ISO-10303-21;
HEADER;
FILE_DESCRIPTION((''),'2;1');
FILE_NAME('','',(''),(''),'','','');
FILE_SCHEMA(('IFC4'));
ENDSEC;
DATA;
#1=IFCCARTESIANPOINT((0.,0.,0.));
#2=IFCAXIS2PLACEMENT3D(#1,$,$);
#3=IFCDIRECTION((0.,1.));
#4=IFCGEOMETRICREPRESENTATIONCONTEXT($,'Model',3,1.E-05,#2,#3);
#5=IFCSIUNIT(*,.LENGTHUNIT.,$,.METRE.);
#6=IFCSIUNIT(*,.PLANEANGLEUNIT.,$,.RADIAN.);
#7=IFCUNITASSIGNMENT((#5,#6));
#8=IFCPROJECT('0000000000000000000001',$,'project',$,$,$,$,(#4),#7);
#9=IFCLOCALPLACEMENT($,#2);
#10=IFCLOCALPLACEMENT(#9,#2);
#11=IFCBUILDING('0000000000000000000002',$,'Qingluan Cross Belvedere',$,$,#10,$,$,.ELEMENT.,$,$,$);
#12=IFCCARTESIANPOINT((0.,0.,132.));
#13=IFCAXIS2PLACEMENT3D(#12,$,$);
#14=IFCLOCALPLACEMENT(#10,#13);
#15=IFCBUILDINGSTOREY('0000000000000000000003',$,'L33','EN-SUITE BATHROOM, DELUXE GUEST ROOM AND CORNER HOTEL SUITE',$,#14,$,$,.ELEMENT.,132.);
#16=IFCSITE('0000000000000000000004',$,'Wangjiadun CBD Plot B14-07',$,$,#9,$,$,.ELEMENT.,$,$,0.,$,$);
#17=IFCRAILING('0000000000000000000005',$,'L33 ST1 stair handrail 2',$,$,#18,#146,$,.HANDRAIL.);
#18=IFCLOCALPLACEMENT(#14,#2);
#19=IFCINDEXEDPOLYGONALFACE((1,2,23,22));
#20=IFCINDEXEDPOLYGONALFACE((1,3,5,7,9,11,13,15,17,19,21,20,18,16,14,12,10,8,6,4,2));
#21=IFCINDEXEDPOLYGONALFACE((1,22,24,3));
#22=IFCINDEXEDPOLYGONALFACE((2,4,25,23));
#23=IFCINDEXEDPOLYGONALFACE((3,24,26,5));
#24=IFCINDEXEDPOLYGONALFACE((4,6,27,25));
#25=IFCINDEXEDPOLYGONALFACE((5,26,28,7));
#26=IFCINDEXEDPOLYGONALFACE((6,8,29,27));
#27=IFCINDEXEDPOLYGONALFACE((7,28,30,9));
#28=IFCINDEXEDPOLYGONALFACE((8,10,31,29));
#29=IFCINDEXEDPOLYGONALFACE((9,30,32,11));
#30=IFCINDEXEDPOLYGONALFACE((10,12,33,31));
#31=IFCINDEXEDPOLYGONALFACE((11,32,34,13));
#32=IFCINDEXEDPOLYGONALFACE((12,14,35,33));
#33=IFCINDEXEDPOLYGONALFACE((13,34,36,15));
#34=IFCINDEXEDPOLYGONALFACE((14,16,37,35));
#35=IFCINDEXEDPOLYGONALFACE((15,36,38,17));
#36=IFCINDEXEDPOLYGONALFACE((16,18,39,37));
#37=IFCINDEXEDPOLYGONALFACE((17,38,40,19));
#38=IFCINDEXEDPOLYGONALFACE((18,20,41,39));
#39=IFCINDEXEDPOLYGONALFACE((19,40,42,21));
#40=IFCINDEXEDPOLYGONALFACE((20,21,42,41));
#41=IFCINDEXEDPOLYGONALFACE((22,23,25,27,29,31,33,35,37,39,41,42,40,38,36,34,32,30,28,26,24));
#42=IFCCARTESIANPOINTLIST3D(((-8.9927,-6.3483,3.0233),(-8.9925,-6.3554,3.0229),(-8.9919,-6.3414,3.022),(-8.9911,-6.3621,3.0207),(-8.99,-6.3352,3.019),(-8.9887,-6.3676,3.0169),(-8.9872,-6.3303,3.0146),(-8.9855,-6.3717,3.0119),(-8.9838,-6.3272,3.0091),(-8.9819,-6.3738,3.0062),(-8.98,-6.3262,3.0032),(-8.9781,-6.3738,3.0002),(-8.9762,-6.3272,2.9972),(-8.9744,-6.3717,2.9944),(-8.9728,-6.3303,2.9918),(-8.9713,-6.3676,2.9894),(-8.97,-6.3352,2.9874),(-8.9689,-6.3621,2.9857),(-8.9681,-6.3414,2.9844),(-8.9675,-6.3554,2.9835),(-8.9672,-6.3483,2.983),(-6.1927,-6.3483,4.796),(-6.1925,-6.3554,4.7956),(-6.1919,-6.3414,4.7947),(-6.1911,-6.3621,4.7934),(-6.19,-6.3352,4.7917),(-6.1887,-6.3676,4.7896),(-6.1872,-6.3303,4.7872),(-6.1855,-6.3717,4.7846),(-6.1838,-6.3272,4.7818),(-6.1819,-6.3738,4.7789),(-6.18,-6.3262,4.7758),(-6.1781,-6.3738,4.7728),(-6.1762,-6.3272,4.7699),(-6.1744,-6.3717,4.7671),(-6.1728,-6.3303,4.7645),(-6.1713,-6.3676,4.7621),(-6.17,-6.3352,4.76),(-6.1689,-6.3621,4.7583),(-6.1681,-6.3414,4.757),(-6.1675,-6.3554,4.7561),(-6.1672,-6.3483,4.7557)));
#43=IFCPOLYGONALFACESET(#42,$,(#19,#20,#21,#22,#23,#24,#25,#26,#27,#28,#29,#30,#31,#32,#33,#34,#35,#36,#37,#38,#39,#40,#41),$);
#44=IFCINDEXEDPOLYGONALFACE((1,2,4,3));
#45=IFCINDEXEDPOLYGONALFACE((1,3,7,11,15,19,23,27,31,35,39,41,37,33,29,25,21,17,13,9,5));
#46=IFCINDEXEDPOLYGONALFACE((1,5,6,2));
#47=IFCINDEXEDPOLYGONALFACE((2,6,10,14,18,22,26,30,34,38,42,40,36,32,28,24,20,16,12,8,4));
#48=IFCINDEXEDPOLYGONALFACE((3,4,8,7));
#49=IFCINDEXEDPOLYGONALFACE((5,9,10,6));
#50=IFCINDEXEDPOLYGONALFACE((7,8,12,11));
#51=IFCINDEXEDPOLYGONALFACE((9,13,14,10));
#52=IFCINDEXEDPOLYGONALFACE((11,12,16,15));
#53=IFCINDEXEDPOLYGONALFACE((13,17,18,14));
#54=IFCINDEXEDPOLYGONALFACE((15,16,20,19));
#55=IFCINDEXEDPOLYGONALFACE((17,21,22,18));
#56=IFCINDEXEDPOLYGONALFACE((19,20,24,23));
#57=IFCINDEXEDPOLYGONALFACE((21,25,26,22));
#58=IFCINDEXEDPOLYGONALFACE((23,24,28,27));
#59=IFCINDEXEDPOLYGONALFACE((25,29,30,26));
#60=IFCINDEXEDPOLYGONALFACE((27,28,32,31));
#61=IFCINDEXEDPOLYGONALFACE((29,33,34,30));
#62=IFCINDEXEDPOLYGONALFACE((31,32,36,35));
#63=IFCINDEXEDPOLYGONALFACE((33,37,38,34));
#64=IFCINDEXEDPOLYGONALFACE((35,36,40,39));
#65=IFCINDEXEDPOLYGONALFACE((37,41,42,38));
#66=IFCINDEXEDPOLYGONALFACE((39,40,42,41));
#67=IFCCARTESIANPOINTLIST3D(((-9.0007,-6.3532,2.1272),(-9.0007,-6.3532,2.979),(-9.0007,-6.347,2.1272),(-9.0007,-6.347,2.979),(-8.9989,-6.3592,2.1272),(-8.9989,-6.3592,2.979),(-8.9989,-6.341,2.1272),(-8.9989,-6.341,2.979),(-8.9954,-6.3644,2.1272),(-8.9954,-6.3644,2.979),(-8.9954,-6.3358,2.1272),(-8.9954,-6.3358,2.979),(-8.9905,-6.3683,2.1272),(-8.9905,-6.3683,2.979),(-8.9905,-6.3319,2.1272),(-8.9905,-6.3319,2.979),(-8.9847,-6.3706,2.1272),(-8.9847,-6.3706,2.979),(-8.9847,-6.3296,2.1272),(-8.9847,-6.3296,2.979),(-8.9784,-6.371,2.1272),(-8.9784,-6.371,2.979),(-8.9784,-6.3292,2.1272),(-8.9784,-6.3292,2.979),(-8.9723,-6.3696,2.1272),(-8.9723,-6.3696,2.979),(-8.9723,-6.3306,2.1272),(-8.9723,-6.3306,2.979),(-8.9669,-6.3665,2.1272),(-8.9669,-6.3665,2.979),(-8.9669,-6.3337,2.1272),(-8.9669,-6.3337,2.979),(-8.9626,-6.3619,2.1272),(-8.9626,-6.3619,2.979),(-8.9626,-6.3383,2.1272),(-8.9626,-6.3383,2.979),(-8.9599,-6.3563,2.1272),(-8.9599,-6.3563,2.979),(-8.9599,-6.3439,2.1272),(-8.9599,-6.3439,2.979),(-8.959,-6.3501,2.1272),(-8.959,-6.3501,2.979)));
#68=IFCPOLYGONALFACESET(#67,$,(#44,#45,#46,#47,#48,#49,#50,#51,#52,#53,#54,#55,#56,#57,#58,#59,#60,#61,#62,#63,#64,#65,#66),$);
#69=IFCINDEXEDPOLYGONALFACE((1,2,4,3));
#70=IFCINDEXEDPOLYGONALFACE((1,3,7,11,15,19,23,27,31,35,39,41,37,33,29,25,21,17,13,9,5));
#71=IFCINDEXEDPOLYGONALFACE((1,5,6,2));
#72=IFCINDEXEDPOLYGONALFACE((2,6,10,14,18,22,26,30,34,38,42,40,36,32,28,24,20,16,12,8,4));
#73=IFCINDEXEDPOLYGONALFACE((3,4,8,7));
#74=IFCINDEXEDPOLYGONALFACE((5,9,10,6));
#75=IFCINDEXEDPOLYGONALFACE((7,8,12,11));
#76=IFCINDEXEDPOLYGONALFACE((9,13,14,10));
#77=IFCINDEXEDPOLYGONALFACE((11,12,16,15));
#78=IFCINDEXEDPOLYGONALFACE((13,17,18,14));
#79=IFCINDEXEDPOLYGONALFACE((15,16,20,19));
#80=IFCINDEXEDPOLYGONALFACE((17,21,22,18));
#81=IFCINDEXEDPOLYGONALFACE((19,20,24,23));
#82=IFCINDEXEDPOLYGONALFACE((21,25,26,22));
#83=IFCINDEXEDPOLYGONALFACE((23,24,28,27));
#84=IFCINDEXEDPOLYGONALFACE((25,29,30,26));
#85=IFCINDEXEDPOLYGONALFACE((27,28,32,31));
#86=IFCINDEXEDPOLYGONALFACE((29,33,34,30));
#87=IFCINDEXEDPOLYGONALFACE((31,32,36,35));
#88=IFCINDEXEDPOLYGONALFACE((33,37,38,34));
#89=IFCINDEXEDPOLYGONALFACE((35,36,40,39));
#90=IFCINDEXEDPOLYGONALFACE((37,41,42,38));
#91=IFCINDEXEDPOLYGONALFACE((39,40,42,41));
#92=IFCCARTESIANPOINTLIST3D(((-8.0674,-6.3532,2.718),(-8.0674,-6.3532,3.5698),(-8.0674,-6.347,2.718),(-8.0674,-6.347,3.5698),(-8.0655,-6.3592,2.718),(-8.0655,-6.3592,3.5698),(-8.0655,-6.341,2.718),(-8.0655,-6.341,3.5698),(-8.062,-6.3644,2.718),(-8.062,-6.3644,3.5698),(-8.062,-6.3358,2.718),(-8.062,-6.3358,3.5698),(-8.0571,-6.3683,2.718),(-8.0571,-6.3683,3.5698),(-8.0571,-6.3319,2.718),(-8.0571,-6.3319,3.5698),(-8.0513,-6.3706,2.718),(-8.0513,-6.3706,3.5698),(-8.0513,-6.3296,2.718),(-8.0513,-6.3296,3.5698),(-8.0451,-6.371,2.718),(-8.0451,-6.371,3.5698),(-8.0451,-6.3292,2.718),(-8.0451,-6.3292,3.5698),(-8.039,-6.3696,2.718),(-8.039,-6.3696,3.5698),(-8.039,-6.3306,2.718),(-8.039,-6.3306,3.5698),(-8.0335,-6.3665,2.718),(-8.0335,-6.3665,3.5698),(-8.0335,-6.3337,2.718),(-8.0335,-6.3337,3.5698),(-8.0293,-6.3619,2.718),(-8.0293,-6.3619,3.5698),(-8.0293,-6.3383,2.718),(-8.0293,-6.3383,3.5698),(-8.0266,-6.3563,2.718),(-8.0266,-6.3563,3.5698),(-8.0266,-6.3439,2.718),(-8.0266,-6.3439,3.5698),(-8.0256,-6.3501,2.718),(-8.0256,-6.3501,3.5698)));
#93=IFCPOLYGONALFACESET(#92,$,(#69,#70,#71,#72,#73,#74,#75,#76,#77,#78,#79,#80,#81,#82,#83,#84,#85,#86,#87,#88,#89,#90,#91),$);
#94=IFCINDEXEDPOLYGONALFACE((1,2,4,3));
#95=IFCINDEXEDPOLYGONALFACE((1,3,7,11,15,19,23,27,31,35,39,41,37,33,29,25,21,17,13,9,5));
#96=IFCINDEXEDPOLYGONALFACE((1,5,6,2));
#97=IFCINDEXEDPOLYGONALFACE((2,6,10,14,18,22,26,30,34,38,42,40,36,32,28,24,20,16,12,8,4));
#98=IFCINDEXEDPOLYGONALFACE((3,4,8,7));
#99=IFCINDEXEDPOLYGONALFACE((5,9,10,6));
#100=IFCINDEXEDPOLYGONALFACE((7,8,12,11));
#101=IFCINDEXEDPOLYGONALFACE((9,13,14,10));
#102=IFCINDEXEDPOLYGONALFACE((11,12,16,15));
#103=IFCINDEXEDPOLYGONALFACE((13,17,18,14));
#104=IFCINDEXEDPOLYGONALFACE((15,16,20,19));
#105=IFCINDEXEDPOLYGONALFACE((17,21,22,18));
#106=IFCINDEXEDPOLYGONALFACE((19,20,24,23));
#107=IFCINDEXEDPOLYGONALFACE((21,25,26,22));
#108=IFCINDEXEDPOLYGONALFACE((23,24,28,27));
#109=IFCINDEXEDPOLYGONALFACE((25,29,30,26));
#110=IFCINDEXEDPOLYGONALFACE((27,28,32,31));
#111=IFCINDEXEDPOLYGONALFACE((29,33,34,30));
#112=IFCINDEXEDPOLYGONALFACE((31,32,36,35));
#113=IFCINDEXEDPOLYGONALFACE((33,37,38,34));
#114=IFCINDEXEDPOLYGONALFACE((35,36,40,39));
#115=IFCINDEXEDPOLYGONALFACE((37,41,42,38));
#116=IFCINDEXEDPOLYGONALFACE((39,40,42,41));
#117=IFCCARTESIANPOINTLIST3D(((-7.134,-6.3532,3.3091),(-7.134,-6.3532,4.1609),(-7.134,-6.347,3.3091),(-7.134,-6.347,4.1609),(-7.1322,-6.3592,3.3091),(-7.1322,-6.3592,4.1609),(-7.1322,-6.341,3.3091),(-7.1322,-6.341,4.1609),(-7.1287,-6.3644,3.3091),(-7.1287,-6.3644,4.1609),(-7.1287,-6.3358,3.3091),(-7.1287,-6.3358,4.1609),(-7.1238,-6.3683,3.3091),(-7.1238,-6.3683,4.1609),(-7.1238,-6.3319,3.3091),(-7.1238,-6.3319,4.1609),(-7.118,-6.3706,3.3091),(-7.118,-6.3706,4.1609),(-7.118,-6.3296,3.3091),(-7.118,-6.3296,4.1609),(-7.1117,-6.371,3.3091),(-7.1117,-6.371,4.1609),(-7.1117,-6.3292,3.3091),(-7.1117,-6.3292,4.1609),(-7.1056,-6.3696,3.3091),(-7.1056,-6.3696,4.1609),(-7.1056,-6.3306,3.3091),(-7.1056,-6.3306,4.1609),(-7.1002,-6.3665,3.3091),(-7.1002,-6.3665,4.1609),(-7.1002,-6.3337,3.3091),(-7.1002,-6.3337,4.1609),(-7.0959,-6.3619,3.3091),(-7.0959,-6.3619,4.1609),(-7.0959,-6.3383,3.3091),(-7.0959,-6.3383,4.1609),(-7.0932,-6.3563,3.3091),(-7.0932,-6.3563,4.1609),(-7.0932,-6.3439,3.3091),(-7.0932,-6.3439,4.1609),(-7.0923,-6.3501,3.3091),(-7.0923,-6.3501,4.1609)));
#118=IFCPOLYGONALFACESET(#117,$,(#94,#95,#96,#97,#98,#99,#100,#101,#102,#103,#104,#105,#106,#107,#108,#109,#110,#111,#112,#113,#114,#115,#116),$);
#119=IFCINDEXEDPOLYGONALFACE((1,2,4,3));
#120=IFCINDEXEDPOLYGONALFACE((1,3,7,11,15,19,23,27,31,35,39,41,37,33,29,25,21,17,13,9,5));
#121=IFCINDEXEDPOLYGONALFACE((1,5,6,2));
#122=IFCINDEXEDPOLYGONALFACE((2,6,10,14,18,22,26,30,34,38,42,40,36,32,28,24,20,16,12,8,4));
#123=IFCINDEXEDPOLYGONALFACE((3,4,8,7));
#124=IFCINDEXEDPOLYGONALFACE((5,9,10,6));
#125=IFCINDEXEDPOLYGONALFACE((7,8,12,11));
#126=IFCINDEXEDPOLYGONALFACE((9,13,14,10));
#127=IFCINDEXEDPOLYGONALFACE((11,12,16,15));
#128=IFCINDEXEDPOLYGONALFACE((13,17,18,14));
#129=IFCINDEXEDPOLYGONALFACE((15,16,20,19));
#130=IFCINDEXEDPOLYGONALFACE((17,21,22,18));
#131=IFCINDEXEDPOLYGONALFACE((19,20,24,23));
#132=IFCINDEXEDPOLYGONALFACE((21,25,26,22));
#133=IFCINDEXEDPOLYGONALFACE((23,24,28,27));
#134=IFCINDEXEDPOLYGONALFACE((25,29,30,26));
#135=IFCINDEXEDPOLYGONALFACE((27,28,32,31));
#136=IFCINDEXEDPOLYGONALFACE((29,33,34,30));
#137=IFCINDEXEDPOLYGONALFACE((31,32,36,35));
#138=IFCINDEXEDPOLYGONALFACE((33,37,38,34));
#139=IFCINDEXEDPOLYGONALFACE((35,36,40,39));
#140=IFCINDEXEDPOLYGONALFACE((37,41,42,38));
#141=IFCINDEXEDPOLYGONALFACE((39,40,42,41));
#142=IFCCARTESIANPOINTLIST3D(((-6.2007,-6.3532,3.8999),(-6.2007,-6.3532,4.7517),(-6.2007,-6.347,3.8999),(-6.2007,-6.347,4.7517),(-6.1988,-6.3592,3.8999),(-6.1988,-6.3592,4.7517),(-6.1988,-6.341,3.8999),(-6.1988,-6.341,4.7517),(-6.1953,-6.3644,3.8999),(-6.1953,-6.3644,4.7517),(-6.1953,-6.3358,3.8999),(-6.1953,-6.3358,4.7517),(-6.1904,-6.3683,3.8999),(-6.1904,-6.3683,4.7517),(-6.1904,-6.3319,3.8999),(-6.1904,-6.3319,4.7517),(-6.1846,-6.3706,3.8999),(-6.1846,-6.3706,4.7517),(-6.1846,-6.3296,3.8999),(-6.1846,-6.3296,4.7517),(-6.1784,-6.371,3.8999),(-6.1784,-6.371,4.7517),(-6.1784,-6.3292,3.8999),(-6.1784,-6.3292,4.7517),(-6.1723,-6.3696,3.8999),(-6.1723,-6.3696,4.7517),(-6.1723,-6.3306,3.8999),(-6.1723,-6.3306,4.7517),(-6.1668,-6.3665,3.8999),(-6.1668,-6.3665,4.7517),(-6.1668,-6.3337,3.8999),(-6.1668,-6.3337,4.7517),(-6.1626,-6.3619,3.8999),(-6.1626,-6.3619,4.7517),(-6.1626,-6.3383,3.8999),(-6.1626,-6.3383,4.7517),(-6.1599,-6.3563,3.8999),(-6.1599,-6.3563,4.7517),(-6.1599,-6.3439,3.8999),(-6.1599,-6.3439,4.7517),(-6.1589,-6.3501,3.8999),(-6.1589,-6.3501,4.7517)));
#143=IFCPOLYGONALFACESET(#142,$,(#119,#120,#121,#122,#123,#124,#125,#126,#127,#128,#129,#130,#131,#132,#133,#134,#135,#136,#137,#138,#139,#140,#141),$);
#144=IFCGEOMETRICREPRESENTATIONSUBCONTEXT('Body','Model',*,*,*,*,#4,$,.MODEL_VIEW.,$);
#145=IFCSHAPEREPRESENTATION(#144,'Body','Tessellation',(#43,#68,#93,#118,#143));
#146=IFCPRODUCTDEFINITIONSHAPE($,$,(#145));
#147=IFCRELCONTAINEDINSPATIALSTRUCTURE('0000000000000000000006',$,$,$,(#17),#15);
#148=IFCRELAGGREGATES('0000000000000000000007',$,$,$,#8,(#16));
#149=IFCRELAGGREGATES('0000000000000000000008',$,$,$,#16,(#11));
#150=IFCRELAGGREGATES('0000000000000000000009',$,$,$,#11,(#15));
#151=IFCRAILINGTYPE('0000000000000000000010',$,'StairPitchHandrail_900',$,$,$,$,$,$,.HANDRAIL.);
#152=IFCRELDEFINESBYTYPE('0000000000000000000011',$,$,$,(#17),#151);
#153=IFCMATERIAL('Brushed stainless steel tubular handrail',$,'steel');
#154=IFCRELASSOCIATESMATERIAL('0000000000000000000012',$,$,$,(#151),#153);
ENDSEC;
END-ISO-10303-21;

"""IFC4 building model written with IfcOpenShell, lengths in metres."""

from ifc_helpers import new_model, si_unit, direction, frame, origin, origin_2d, place, context, subcontext, project, spatial, circle, extrude, material, type_object, element, save


model = new_model("IFC4")

# Units and contexts
model_context = context("Model", 3, precision=1e-05, world=origin(), true_north=direction((0.0, 1.0)))
body_context = subcontext(model_context, "Body", "Model", "MODEL_VIEW")
ifc_project = project(units=[si_unit("LENGTHUNIT", "METRE"), si_unit("PLANEANGLEUNIT", "RADIAN")], contexts=[model_context])

# Site, building, storey
site_placement = place(None, origin())
site = spatial("IfcSite", under=ifc_project, at=site_placement, Name="Wangjiadun CBD Plot B14-07", CompositionType="ELEMENT", RefElevation=0.0)
building_placement = place(site_placement, origin())
building = spatial("IfcBuilding", under=site, at=building_placement, Name="Qingluan Cross Belvedere", CompositionType="ELEMENT")
storey_placement = place(building_placement, frame((0.0, 0.0, 132.0)))
storey = spatial("IfcBuildingStorey", under=building, at=storey_placement, Name="L33", Description="EN-SUITE BATHROOM, DELUXE GUEST ROOM AND CORNER HOTEL SUITE", CompositionType="ELEMENT", Elevation=132.0)

# Railing
ifc_material_1 = material(Name="Brushed stainless steel tubular handrail", Category="steel")
railing_type_1 = type_object("IfcRailingType", Name="StairPitchHandrail_900", PredefinedType="HANDRAIL", material=ifc_material_1)
railing_1_placement = place(storey_placement, frame((-8.98, -6.3501, 2.1272)))
element("IfcRailing", 1, at=railing_1_placement, inside=storey, type_object=railing_type_1, Name="L33 ST1 stair handrail 2", PredefinedType="HANDRAIL", context=body_context, shape_type="SweptSolid", body=[
    extrude(circle(Radius=0.0239, at=origin_2d()), frame((0.0, 0.0, 0.876), z_axis=(0.844909, 0.0, 0.53491), x_axis=(0.0, 1.0, 0.0)), (0.0, 0.0, 1.0), 3.314),
    extrude(circle(Radius=0.021, at=origin_2d()), origin(), (0.0, 0.0, 1.0), 0.8518),
    extrude(circle(Radius=0.021, at=origin_2d()), frame((0.9333, 0.0, 0.5908)), (0.0, 0.0, 1.0), 0.8518),
    extrude(circle(Radius=0.021, at=origin_2d()), frame((1.8667, 0.0, 1.1819)), (0.0, 0.0, 1.0), 0.8518),
    extrude(circle(Radius=0.021, at=origin_2d()), frame((2.8, 0.0, 1.7727)), (0.0, 0.0, 1.0), 0.8518),
])

save(model, "model.ifc")
